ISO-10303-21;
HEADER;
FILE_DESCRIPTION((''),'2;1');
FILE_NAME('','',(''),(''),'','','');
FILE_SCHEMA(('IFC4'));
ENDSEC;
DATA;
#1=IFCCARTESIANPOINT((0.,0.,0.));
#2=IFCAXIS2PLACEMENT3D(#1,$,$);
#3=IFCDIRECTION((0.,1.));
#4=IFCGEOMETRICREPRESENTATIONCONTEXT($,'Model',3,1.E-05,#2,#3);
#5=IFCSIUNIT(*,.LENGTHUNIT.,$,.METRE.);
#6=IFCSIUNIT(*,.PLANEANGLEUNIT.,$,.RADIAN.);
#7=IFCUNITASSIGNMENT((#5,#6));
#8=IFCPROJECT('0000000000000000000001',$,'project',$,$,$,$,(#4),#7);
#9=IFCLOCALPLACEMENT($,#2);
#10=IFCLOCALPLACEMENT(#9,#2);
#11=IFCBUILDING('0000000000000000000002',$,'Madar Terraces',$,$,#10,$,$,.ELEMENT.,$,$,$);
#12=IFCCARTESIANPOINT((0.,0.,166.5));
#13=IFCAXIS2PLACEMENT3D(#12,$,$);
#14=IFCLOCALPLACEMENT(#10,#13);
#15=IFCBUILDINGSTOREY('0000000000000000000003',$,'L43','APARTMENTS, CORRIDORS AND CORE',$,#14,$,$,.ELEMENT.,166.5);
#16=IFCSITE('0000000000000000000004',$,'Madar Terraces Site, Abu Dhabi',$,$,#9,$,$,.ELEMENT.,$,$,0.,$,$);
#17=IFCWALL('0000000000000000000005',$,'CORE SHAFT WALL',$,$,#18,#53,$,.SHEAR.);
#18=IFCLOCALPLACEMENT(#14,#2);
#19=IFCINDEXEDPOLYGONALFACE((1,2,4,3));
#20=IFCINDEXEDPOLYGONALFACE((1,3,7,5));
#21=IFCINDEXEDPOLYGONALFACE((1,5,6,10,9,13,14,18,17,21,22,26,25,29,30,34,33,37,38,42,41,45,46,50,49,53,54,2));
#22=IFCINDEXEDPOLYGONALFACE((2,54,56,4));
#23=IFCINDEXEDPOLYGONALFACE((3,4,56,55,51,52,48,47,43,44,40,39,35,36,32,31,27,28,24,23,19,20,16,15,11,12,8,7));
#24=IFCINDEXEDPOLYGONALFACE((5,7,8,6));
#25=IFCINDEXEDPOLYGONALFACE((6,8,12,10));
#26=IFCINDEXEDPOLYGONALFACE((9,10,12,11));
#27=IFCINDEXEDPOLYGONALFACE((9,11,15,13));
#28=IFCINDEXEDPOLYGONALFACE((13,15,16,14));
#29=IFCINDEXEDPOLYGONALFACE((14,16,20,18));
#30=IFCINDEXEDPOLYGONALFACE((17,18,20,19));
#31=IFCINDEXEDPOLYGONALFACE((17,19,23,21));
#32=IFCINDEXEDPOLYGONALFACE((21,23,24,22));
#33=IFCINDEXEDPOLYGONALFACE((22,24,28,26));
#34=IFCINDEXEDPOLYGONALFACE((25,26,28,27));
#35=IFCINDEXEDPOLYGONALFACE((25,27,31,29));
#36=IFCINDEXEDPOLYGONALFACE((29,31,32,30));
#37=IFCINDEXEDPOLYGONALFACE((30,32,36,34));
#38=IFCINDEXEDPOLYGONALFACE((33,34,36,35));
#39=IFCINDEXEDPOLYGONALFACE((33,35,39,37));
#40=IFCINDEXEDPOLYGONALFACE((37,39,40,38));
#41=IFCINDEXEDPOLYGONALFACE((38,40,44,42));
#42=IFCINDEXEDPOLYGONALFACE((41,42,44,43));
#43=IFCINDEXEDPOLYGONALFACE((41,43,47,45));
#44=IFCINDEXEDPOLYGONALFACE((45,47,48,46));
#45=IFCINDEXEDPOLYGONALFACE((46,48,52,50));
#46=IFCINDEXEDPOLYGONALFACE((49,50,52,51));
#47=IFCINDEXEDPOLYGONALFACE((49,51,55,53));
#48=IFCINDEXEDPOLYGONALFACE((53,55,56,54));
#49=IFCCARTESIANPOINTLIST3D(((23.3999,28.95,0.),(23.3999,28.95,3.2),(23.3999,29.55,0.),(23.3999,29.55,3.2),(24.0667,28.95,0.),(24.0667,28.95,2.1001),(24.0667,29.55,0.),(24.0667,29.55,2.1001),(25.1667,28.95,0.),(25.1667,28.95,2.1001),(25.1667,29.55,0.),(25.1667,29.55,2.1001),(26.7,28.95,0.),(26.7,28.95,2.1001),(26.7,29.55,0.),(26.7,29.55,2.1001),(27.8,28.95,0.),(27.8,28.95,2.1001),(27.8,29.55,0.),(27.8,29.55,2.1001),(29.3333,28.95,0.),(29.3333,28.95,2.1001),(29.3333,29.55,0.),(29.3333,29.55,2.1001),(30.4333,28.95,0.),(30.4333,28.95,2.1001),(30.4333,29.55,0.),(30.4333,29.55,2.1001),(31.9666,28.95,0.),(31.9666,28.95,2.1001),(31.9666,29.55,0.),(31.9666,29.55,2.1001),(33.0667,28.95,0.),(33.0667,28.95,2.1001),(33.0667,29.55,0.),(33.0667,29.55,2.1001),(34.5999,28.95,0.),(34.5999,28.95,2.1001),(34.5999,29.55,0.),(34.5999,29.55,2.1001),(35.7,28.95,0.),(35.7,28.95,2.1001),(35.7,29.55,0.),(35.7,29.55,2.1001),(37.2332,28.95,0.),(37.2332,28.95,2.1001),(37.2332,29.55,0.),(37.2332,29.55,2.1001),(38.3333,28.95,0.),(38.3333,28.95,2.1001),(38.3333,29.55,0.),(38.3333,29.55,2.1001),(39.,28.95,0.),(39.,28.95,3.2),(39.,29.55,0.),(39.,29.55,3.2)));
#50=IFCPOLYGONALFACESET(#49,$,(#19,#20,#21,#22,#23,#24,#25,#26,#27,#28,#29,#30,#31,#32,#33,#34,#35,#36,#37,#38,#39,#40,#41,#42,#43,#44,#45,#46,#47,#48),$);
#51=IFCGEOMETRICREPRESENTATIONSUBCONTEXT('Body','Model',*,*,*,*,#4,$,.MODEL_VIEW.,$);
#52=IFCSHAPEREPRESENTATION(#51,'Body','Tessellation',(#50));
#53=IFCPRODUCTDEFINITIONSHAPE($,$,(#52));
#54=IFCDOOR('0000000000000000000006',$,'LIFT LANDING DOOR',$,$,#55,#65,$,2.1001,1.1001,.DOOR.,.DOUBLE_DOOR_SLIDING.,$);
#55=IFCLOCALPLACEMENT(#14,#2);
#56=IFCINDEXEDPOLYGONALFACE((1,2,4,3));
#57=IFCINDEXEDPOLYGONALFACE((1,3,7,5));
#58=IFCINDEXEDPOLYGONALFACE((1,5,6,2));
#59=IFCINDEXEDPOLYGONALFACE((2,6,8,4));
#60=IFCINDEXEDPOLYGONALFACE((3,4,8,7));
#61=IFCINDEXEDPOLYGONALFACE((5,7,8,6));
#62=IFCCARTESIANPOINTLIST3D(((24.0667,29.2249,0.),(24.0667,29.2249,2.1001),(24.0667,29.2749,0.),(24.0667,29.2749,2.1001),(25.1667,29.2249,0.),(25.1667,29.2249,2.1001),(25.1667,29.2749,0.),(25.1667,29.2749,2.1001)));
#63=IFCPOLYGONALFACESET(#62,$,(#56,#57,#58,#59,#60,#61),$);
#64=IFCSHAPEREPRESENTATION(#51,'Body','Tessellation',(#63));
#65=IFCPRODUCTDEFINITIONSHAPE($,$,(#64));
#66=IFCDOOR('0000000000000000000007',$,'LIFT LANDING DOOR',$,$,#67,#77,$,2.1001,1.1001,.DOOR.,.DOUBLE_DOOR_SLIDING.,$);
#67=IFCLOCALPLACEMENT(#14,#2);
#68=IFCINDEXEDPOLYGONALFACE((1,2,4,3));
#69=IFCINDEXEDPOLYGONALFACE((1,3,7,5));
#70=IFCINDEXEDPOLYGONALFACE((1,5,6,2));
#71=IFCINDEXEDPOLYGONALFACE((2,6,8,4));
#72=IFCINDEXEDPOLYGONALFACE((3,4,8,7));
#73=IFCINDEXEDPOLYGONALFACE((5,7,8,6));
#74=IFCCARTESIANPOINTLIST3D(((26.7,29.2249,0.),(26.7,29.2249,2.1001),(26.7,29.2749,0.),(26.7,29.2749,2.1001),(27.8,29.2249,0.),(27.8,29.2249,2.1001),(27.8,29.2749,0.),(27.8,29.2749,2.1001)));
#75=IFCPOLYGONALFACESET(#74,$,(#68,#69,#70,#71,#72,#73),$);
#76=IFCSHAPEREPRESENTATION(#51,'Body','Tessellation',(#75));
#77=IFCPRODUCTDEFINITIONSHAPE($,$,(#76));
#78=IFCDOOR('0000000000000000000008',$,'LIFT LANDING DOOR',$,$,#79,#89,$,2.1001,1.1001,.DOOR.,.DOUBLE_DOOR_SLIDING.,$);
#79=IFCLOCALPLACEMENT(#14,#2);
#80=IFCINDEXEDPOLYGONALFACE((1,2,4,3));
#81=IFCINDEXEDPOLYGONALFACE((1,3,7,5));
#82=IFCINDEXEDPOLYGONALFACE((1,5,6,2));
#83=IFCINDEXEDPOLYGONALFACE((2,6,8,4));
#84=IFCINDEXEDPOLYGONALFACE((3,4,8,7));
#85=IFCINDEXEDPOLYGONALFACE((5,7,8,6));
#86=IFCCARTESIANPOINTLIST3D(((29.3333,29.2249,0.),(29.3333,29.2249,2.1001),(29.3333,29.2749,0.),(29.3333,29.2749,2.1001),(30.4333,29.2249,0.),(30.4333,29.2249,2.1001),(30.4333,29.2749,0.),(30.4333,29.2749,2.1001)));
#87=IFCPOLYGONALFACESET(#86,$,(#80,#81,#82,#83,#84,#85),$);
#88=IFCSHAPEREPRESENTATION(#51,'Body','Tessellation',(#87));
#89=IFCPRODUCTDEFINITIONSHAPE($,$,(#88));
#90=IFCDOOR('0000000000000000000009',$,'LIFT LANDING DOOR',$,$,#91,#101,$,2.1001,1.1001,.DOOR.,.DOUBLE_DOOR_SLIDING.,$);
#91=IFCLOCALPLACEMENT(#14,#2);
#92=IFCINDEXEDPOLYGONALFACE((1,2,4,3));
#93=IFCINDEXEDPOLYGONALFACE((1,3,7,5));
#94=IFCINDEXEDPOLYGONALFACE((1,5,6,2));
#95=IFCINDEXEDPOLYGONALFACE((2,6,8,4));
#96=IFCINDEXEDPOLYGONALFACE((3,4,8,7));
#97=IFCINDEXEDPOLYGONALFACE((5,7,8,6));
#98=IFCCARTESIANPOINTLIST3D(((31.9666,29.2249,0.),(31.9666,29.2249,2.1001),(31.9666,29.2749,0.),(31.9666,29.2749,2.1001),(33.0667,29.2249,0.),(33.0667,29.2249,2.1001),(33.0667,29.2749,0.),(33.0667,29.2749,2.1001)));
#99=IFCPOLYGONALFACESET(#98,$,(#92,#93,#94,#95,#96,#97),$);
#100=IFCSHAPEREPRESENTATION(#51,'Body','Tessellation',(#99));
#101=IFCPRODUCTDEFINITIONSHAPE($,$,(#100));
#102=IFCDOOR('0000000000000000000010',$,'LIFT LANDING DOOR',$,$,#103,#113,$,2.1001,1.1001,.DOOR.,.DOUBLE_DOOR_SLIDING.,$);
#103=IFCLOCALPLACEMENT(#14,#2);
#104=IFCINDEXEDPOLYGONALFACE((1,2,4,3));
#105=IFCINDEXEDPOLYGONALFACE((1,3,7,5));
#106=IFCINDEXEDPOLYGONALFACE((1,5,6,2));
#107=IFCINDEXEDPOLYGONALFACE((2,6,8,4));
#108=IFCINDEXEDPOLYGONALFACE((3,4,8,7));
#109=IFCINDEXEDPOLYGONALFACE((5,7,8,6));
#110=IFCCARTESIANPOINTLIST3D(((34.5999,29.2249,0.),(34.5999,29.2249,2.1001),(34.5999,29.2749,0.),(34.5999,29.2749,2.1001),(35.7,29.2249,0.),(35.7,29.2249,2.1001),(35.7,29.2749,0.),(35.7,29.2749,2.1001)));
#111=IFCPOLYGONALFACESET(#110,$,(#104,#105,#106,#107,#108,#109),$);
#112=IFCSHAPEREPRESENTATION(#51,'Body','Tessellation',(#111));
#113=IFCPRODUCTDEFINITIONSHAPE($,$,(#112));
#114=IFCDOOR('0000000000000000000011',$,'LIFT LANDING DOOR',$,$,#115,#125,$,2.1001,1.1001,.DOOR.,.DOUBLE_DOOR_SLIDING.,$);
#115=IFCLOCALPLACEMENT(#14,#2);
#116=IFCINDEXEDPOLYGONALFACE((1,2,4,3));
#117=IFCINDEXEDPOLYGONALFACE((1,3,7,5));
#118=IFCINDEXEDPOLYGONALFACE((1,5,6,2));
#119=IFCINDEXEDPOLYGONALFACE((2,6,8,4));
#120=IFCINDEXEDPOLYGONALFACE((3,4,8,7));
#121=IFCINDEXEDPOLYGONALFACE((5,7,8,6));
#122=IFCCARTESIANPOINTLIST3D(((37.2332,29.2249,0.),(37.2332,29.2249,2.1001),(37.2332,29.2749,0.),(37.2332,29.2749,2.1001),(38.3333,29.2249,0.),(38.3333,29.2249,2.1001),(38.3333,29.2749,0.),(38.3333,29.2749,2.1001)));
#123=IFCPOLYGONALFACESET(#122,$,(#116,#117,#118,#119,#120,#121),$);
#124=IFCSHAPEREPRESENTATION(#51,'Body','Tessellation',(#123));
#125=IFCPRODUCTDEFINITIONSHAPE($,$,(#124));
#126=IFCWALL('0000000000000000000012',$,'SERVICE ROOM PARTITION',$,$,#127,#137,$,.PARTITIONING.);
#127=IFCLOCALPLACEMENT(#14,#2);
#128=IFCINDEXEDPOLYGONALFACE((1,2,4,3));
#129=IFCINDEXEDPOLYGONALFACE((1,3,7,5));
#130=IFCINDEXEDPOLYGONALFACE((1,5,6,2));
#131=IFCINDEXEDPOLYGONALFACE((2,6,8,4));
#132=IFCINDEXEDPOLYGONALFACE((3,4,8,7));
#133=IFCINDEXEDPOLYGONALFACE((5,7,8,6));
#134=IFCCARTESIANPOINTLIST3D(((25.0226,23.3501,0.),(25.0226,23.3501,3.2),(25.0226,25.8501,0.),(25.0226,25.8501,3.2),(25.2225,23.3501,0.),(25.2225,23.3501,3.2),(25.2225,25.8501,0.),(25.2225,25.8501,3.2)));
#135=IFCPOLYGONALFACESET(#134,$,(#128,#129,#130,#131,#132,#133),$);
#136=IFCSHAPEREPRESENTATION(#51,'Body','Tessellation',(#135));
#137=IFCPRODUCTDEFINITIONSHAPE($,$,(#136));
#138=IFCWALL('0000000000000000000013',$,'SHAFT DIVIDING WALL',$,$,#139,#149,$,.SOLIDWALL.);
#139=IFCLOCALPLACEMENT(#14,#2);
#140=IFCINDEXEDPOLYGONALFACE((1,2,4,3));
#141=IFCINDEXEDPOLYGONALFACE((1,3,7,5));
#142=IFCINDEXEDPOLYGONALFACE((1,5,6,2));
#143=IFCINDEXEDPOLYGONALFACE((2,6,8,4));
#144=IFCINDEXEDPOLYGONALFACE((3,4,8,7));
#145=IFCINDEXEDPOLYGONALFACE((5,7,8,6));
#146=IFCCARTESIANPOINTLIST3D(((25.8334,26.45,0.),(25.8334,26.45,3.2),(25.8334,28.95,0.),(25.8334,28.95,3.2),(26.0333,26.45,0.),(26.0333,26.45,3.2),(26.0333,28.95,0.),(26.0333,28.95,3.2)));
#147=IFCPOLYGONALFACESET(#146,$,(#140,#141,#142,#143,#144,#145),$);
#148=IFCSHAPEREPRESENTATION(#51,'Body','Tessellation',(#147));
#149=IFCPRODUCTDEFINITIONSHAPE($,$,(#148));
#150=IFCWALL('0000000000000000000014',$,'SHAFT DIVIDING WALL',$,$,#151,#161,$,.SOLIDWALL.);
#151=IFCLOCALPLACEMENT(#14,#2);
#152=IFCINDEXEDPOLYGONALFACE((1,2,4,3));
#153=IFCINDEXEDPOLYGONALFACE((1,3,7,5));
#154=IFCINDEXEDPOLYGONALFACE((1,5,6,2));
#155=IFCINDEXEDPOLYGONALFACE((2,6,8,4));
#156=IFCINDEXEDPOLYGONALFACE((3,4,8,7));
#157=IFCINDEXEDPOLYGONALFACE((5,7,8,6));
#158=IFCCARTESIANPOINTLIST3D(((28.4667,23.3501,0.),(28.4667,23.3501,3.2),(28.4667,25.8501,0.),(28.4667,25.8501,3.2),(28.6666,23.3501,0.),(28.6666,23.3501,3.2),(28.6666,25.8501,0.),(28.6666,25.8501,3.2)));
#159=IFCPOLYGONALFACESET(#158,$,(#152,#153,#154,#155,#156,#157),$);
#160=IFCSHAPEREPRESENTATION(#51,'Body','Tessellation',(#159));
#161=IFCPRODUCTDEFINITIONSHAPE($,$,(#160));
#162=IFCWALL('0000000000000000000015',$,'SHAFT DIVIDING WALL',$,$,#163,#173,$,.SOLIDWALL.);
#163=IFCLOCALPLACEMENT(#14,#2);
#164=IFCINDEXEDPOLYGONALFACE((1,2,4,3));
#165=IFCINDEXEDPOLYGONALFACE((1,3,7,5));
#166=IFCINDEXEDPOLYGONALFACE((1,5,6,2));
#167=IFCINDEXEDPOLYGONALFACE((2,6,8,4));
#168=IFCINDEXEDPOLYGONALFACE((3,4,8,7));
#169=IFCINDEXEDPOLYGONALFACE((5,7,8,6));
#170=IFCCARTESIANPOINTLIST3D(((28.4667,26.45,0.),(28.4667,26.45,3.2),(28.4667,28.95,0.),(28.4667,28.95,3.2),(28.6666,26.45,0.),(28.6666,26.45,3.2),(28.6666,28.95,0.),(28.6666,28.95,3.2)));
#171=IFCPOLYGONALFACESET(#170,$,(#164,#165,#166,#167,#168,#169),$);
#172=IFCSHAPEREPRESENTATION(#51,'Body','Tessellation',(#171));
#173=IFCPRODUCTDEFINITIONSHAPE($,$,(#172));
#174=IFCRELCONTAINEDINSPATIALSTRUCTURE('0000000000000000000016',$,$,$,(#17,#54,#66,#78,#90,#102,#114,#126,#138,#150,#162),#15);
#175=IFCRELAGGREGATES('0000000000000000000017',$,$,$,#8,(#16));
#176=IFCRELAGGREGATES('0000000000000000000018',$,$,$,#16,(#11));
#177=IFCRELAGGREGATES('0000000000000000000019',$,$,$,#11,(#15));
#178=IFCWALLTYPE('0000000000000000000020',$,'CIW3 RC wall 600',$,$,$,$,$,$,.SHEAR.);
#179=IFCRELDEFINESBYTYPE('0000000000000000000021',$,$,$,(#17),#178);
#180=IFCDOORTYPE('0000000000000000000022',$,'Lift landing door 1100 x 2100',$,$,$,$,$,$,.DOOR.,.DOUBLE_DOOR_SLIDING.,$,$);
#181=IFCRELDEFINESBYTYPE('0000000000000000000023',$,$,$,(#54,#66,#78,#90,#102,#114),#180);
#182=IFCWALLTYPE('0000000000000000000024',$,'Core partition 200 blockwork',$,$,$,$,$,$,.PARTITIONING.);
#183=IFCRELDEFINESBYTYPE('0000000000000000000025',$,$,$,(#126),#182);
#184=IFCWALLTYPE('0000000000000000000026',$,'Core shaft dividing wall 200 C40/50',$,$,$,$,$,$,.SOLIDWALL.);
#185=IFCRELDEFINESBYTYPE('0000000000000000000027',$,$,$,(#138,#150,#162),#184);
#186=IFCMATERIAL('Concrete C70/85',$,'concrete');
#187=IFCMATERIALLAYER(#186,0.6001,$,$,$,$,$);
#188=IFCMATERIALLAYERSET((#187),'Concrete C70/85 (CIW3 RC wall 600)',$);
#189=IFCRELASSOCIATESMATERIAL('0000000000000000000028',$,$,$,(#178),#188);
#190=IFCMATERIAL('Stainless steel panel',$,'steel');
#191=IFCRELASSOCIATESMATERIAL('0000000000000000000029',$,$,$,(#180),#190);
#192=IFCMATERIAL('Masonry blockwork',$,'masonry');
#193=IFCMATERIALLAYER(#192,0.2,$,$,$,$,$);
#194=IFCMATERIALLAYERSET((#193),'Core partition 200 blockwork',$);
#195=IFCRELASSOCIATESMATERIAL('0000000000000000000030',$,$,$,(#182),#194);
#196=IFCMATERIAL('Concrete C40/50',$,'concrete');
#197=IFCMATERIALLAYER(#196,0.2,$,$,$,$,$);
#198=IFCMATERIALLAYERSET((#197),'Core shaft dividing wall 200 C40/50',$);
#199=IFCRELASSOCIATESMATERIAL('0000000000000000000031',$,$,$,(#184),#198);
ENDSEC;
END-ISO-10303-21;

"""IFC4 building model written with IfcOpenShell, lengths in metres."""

from ifc_helpers import new_model, si_unit, direction, frame, frame_2d, origin, place, context, subcontext, project, spatial, rectangle, extrude, material, layer, layer_set, type_object, element, fill, save


model = new_model("IFC4")

# Units and contexts
model_context = context("Model", 3, precision=1e-05, world=origin(), true_north=direction((0.0, 1.0)))
body_context = subcontext(model_context, "Body", "Model", "MODEL_VIEW")
ifc_project = project(units=[si_unit("LENGTHUNIT", "METRE"), si_unit("PLANEANGLEUNIT", "RADIAN")], contexts=[model_context])

# Site, building, storey
site_placement = place(None, origin())
site = spatial("IfcSite", under=ifc_project, at=site_placement, Name="Madar Terraces Site, Abu Dhabi", CompositionType="ELEMENT", RefElevation=0.0)
building_placement = place(site_placement, origin())
building = spatial("IfcBuilding", under=site, at=building_placement, Name="Madar Terraces", CompositionType="ELEMENT")
storey_placement = place(building_placement, frame((0.0, 0.0, 166.5)))
storey = spatial("IfcBuildingStorey", under=building, at=storey_placement, Name="L43", Description="APARTMENTS, CORRIDORS AND CORE", CompositionType="ELEMENT", Elevation=166.5)

# Shared definitions
ifc_material_1 = material(Name="Concrete C70/85", Category="concrete")
ifc_layer_1 = layer(ifc_material_1, 0.6001)
ifc_layer_set_1 = layer_set([ifc_layer_1], Name="Concrete C70/85 (CIW3 RC wall 600)")
wall_type_1 = type_object("IfcWallType", Name="CIW3 RC wall 600", PredefinedType="SHEAR", material=ifc_layer_set_1)

# Wall, openings, doors
wall_1_placement = place(storey_placement, frame((23.3999, 29.25, 0.0), z_axis=(0.0, 0.0, 1.0), x_axis=(1.0, 0.0, 0.0)))
wall_1 = element("IfcWall", 1, at=wall_1_placement, inside=storey, type_object=wall_type_1, Name="CORE SHAFT WALL", PredefinedType="SHEAR", context=body_context, shape_type="SweptSolid", body=[
    extrude(rectangle(XDim=15.6001, YDim=0.6001, at=frame_2d((7.8, 0.0))), origin(), (0.0, 0.0, 1.0), 3.2),
])
opening_1_placement = place(wall_1_placement, frame((0.6667, 0.0, 0.0)))
opening_1 = element("IfcOpeningElement", 2, at=opening_1_placement, cuts=wall_1, PredefinedType="OPENING", context=body_context, shape_type="SweptSolid", body=[
    extrude(rectangle(XDim=1.1001, YDim=2.1001, at=frame_2d((0.55, 1.05))), frame((0.0, 0.3101, 0.0), z_axis=(0.0, -1.0, 0.0), x_axis=(1.0, 0.0, 0.0)), (0.0, 0.0, 1.0), 0.6201),
])
opening_2_placement = place(wall_1_placement, frame((3.3, 0.0, 0.0)))
opening_2 = element("IfcOpeningElement", 3, at=opening_2_placement, cuts=wall_1, PredefinedType="OPENING", context=body_context, shape_type="SweptSolid", body=[
    extrude(rectangle(XDim=1.1001, YDim=2.1001, at=frame_2d((0.55, 1.05))), frame((0.0, 0.3101, 0.0), z_axis=(0.0, -1.0, 0.0), x_axis=(1.0, 0.0, 0.0)), (0.0, 0.0, 1.0), 0.6201),
])
opening_3_placement = place(wall_1_placement, frame((5.9333, 0.0, 0.0)))
opening_3 = element("IfcOpeningElement", 4, at=opening_3_placement, cuts=wall_1, PredefinedType="OPENING", context=body_context, shape_type="SweptSolid", body=[
    extrude(rectangle(XDim=1.1001, YDim=2.1001, at=frame_2d((0.55, 1.05))), frame((0.0, 0.3101, 0.0), z_axis=(0.0, -1.0, 0.0), x_axis=(1.0, 0.0, 0.0)), (0.0, 0.0, 1.0), 0.6201),
])
opening_4_placement = place(wall_1_placement, frame((8.5667, 0.0, 0.0)))
opening_4 = element("IfcOpeningElement", 5, at=opening_4_placement, cuts=wall_1, PredefinedType="OPENING", context=body_context, shape_type="SweptSolid", body=[
    extrude(rectangle(XDim=1.1001, YDim=2.1001, at=frame_2d((0.55, 1.05))), frame((0.0, 0.3101, 0.0), z_axis=(0.0, -1.0, 0.0), x_axis=(1.0, 0.0, 0.0)), (0.0, 0.0, 1.0), 0.6201),
])
opening_5_placement = place(wall_1_placement, frame((11.2, 0.0, 0.0)))
opening_5 = element("IfcOpeningElement", 6, at=opening_5_placement, cuts=wall_1, PredefinedType="OPENING", context=body_context, shape_type="SweptSolid", body=[
    extrude(rectangle(XDim=1.1001, YDim=2.1001, at=frame_2d((0.55, 1.05))), frame((0.0, 0.3101, 0.0), z_axis=(0.0, -1.0, 0.0), x_axis=(1.0, 0.0, 0.0)), (0.0, 0.0, 1.0), 0.6201),
])
opening_6_placement = place(wall_1_placement, frame((13.8333, 0.0, 0.0)))
opening_6 = element("IfcOpeningElement", 7, at=opening_6_placement, cuts=wall_1, PredefinedType="OPENING", context=body_context, shape_type="SweptSolid", body=[
    extrude(rectangle(XDim=1.1001, YDim=2.1001, at=frame_2d((0.55, 1.05))), frame((0.0, 0.3101, 0.0), z_axis=(0.0, -1.0, 0.0), x_axis=(1.0, 0.0, 0.0)), (0.0, 0.0, 1.0), 0.6201),
])
ifc_material_2 = material(Name="Stainless steel panel", Category="steel")
door_type_1 = type_object("IfcDoorType", Name="Lift landing door 1100 x 2100", OperationType="DOUBLE_DOOR_SLIDING", PredefinedType="DOOR", material=ifc_material_2)
door_1_placement = place(opening_1_placement, origin())
door_1 = element("IfcDoor", 8, at=door_1_placement, inside=storey, type_object=door_type_1, Name="LIFT LANDING DOOR", OperationType="DOUBLE_DOOR_SLIDING", OverallHeight=2.1001, OverallWidth=1.1001, PredefinedType="DOOR", context=body_context, shape_type="SweptSolid", body=[
    extrude(rectangle(XDim=1.1001, YDim=2.1001, at=frame_2d((0.55, 1.05))), frame((0.0, 0.0249, 0.0), z_axis=(0.0, -1.0, 0.0), x_axis=(1.0, 0.0, 0.0)), (0.0, 0.0, 1.0), 0.05),
])
fill(opening_1, door_1)
door_2_placement = place(opening_2_placement, origin())
door_2 = element("IfcDoor", 9, at=door_2_placement, inside=storey, type_object=door_type_1, Name="LIFT LANDING DOOR", OperationType="DOUBLE_DOOR_SLIDING", OverallHeight=2.1001, OverallWidth=1.1001, PredefinedType="DOOR", context=body_context, shape_type="SweptSolid", body=[
    extrude(rectangle(XDim=1.1001, YDim=2.1001, at=frame_2d((0.55, 1.05))), frame((0.0, 0.0249, 0.0), z_axis=(0.0, -1.0, 0.0), x_axis=(1.0, 0.0, 0.0)), (0.0, 0.0, 1.0), 0.05),
])
fill(opening_2, door_2)
door_3_placement = place(opening_3_placement, origin())
door_3 = element("IfcDoor", 10, at=door_3_placement, inside=storey, type_object=door_type_1, Name="LIFT LANDING DOOR", OperationType="DOUBLE_DOOR_SLIDING", OverallHeight=2.1001, OverallWidth=1.1001, PredefinedType="DOOR", context=body_context, shape_type="SweptSolid", body=[
    extrude(rectangle(XDim=1.1001, YDim=2.1001, at=frame_2d((0.55, 1.05))), frame((0.0, 0.0249, 0.0), z_axis=(0.0, -1.0, 0.0), x_axis=(1.0, 0.0, 0.0)), (0.0, 0.0, 1.0), 0.05),
])
fill(opening_3, door_3)
door_4_placement = place(opening_4_placement, origin())
door_4 = element("IfcDoor", 11, at=door_4_placement, inside=storey, type_object=door_type_1, Name="LIFT LANDING DOOR", OperationType="DOUBLE_DOOR_SLIDING", OverallHeight=2.1001, OverallWidth=1.1001, PredefinedType="DOOR", context=body_context, shape_type="SweptSolid", body=[
    extrude(rectangle(XDim=1.1001, YDim=2.1001, at=frame_2d((0.55, 1.05))), frame((0.0, 0.0249, 0.0), z_axis=(0.0, -1.0, 0.0), x_axis=(1.0, 0.0, 0.0)), (0.0, 0.0, 1.0), 0.05),
])
fill(opening_4, door_4)
door_5_placement = place(opening_5_placement, origin())
door_5 = element("IfcDoor", 12, at=door_5_placement, inside=storey, type_object=door_type_1, Name="LIFT LANDING DOOR", OperationType="DOUBLE_DOOR_SLIDING", OverallHeight=2.1001, OverallWidth=1.1001, PredefinedType="DOOR", context=body_context, shape_type="SweptSolid", body=[
    extrude(rectangle(XDim=1.1001, YDim=2.1001, at=frame_2d((0.55, 1.05))), frame((0.0, 0.0249, 0.0), z_axis=(0.0, -1.0, 0.0), x_axis=(1.0, 0.0, 0.0)), (0.0, 0.0, 1.0), 0.05),
])
fill(opening_5, door_5)
door_6_placement = place(opening_6_placement, origin())
door_6 = element("IfcDoor", 13, at=door_6_placement, inside=storey, type_object=door_type_1, Name="LIFT LANDING DOOR", OperationType="DOUBLE_DOOR_SLIDING", OverallHeight=2.1001, OverallWidth=1.1001, PredefinedType="DOOR", context=body_context, shape_type="SweptSolid", body=[
    extrude(rectangle(XDim=1.1001, YDim=2.1001, at=frame_2d((0.55, 1.05))), frame((0.0, 0.0249, 0.0), z_axis=(0.0, -1.0, 0.0), x_axis=(1.0, 0.0, 0.0)), (0.0, 0.0, 1.0), 0.05),
])
fill(opening_6, door_6)

# Walls
ifc_material_3 = material(Name="Masonry blockwork", Category="masonry")
ifc_layer_2 = layer(ifc_material_3, 0.2)
ifc_layer_set_2 = layer_set([ifc_layer_2], Name="Core partition 200 blockwork")
wall_type_2 = type_object("IfcWallType", Name="Core partition 200 blockwork", PredefinedType="PARTITIONING", material=ifc_layer_set_2)
wall_2_placement = place(storey_placement, frame((25.1226, 23.3501, 0.0), z_axis=(0.0, 0.0, 1.0), x_axis=(0.0, 1.0, 0.0)))
element("IfcWall", 14, at=wall_2_placement, inside=storey, type_object=wall_type_2, Name="SERVICE ROOM PARTITION", PredefinedType="PARTITIONING", context=body_context, shape_type="SweptSolid", body=[
    extrude(rectangle(XDim=2.5, YDim=0.2, at=frame_2d((1.25, 0.0))), origin(), (0.0, 0.0, 1.0), 3.2),
])
ifc_material_4 = material(Name="Concrete C40/50", Category="concrete")
ifc_layer_3 = layer(ifc_material_4, 0.2)
ifc_layer_set_3 = layer_set([ifc_layer_3], Name="Core shaft dividing wall 200 C40/50")
wall_type_3 = type_object("IfcWallType", Name="Core shaft dividing wall 200 C40/50", PredefinedType="SOLIDWALL", material=ifc_layer_set_3)
for number, where, z_axis, x_axis, name in (
    (15, (25.9333, 26.45, 0.0), (0.0, 0.0, 1.0), (0.0, 1.0, 0.0), "SHAFT DIVIDING WALL"),
    (16, (28.5667, 23.3501, 0.0), (0.0, 0.0, 1.0), (0.0, 1.0, 0.0), "SHAFT DIVIDING WALL"),
    (17, (28.5667, 26.45, 0.0), (0.0, 0.0, 1.0), (0.0, 1.0, 0.0), "SHAFT DIVIDING WALL"),
):
    element("IfcWall", number, at=place(storey_placement, frame(where, z_axis=z_axis, x_axis=x_axis)), inside=storey, type_object=wall_type_3, Name=name, PredefinedType="SOLIDWALL", context=body_context, shape_type="SweptSolid", body=[
        extrude(rectangle(XDim=2.5, YDim=0.2, at=frame_2d((1.25, 0.0))), origin(), (0.0, 0.0, 1.0), 3.2),
    ])

save(model, "model.ifc")
